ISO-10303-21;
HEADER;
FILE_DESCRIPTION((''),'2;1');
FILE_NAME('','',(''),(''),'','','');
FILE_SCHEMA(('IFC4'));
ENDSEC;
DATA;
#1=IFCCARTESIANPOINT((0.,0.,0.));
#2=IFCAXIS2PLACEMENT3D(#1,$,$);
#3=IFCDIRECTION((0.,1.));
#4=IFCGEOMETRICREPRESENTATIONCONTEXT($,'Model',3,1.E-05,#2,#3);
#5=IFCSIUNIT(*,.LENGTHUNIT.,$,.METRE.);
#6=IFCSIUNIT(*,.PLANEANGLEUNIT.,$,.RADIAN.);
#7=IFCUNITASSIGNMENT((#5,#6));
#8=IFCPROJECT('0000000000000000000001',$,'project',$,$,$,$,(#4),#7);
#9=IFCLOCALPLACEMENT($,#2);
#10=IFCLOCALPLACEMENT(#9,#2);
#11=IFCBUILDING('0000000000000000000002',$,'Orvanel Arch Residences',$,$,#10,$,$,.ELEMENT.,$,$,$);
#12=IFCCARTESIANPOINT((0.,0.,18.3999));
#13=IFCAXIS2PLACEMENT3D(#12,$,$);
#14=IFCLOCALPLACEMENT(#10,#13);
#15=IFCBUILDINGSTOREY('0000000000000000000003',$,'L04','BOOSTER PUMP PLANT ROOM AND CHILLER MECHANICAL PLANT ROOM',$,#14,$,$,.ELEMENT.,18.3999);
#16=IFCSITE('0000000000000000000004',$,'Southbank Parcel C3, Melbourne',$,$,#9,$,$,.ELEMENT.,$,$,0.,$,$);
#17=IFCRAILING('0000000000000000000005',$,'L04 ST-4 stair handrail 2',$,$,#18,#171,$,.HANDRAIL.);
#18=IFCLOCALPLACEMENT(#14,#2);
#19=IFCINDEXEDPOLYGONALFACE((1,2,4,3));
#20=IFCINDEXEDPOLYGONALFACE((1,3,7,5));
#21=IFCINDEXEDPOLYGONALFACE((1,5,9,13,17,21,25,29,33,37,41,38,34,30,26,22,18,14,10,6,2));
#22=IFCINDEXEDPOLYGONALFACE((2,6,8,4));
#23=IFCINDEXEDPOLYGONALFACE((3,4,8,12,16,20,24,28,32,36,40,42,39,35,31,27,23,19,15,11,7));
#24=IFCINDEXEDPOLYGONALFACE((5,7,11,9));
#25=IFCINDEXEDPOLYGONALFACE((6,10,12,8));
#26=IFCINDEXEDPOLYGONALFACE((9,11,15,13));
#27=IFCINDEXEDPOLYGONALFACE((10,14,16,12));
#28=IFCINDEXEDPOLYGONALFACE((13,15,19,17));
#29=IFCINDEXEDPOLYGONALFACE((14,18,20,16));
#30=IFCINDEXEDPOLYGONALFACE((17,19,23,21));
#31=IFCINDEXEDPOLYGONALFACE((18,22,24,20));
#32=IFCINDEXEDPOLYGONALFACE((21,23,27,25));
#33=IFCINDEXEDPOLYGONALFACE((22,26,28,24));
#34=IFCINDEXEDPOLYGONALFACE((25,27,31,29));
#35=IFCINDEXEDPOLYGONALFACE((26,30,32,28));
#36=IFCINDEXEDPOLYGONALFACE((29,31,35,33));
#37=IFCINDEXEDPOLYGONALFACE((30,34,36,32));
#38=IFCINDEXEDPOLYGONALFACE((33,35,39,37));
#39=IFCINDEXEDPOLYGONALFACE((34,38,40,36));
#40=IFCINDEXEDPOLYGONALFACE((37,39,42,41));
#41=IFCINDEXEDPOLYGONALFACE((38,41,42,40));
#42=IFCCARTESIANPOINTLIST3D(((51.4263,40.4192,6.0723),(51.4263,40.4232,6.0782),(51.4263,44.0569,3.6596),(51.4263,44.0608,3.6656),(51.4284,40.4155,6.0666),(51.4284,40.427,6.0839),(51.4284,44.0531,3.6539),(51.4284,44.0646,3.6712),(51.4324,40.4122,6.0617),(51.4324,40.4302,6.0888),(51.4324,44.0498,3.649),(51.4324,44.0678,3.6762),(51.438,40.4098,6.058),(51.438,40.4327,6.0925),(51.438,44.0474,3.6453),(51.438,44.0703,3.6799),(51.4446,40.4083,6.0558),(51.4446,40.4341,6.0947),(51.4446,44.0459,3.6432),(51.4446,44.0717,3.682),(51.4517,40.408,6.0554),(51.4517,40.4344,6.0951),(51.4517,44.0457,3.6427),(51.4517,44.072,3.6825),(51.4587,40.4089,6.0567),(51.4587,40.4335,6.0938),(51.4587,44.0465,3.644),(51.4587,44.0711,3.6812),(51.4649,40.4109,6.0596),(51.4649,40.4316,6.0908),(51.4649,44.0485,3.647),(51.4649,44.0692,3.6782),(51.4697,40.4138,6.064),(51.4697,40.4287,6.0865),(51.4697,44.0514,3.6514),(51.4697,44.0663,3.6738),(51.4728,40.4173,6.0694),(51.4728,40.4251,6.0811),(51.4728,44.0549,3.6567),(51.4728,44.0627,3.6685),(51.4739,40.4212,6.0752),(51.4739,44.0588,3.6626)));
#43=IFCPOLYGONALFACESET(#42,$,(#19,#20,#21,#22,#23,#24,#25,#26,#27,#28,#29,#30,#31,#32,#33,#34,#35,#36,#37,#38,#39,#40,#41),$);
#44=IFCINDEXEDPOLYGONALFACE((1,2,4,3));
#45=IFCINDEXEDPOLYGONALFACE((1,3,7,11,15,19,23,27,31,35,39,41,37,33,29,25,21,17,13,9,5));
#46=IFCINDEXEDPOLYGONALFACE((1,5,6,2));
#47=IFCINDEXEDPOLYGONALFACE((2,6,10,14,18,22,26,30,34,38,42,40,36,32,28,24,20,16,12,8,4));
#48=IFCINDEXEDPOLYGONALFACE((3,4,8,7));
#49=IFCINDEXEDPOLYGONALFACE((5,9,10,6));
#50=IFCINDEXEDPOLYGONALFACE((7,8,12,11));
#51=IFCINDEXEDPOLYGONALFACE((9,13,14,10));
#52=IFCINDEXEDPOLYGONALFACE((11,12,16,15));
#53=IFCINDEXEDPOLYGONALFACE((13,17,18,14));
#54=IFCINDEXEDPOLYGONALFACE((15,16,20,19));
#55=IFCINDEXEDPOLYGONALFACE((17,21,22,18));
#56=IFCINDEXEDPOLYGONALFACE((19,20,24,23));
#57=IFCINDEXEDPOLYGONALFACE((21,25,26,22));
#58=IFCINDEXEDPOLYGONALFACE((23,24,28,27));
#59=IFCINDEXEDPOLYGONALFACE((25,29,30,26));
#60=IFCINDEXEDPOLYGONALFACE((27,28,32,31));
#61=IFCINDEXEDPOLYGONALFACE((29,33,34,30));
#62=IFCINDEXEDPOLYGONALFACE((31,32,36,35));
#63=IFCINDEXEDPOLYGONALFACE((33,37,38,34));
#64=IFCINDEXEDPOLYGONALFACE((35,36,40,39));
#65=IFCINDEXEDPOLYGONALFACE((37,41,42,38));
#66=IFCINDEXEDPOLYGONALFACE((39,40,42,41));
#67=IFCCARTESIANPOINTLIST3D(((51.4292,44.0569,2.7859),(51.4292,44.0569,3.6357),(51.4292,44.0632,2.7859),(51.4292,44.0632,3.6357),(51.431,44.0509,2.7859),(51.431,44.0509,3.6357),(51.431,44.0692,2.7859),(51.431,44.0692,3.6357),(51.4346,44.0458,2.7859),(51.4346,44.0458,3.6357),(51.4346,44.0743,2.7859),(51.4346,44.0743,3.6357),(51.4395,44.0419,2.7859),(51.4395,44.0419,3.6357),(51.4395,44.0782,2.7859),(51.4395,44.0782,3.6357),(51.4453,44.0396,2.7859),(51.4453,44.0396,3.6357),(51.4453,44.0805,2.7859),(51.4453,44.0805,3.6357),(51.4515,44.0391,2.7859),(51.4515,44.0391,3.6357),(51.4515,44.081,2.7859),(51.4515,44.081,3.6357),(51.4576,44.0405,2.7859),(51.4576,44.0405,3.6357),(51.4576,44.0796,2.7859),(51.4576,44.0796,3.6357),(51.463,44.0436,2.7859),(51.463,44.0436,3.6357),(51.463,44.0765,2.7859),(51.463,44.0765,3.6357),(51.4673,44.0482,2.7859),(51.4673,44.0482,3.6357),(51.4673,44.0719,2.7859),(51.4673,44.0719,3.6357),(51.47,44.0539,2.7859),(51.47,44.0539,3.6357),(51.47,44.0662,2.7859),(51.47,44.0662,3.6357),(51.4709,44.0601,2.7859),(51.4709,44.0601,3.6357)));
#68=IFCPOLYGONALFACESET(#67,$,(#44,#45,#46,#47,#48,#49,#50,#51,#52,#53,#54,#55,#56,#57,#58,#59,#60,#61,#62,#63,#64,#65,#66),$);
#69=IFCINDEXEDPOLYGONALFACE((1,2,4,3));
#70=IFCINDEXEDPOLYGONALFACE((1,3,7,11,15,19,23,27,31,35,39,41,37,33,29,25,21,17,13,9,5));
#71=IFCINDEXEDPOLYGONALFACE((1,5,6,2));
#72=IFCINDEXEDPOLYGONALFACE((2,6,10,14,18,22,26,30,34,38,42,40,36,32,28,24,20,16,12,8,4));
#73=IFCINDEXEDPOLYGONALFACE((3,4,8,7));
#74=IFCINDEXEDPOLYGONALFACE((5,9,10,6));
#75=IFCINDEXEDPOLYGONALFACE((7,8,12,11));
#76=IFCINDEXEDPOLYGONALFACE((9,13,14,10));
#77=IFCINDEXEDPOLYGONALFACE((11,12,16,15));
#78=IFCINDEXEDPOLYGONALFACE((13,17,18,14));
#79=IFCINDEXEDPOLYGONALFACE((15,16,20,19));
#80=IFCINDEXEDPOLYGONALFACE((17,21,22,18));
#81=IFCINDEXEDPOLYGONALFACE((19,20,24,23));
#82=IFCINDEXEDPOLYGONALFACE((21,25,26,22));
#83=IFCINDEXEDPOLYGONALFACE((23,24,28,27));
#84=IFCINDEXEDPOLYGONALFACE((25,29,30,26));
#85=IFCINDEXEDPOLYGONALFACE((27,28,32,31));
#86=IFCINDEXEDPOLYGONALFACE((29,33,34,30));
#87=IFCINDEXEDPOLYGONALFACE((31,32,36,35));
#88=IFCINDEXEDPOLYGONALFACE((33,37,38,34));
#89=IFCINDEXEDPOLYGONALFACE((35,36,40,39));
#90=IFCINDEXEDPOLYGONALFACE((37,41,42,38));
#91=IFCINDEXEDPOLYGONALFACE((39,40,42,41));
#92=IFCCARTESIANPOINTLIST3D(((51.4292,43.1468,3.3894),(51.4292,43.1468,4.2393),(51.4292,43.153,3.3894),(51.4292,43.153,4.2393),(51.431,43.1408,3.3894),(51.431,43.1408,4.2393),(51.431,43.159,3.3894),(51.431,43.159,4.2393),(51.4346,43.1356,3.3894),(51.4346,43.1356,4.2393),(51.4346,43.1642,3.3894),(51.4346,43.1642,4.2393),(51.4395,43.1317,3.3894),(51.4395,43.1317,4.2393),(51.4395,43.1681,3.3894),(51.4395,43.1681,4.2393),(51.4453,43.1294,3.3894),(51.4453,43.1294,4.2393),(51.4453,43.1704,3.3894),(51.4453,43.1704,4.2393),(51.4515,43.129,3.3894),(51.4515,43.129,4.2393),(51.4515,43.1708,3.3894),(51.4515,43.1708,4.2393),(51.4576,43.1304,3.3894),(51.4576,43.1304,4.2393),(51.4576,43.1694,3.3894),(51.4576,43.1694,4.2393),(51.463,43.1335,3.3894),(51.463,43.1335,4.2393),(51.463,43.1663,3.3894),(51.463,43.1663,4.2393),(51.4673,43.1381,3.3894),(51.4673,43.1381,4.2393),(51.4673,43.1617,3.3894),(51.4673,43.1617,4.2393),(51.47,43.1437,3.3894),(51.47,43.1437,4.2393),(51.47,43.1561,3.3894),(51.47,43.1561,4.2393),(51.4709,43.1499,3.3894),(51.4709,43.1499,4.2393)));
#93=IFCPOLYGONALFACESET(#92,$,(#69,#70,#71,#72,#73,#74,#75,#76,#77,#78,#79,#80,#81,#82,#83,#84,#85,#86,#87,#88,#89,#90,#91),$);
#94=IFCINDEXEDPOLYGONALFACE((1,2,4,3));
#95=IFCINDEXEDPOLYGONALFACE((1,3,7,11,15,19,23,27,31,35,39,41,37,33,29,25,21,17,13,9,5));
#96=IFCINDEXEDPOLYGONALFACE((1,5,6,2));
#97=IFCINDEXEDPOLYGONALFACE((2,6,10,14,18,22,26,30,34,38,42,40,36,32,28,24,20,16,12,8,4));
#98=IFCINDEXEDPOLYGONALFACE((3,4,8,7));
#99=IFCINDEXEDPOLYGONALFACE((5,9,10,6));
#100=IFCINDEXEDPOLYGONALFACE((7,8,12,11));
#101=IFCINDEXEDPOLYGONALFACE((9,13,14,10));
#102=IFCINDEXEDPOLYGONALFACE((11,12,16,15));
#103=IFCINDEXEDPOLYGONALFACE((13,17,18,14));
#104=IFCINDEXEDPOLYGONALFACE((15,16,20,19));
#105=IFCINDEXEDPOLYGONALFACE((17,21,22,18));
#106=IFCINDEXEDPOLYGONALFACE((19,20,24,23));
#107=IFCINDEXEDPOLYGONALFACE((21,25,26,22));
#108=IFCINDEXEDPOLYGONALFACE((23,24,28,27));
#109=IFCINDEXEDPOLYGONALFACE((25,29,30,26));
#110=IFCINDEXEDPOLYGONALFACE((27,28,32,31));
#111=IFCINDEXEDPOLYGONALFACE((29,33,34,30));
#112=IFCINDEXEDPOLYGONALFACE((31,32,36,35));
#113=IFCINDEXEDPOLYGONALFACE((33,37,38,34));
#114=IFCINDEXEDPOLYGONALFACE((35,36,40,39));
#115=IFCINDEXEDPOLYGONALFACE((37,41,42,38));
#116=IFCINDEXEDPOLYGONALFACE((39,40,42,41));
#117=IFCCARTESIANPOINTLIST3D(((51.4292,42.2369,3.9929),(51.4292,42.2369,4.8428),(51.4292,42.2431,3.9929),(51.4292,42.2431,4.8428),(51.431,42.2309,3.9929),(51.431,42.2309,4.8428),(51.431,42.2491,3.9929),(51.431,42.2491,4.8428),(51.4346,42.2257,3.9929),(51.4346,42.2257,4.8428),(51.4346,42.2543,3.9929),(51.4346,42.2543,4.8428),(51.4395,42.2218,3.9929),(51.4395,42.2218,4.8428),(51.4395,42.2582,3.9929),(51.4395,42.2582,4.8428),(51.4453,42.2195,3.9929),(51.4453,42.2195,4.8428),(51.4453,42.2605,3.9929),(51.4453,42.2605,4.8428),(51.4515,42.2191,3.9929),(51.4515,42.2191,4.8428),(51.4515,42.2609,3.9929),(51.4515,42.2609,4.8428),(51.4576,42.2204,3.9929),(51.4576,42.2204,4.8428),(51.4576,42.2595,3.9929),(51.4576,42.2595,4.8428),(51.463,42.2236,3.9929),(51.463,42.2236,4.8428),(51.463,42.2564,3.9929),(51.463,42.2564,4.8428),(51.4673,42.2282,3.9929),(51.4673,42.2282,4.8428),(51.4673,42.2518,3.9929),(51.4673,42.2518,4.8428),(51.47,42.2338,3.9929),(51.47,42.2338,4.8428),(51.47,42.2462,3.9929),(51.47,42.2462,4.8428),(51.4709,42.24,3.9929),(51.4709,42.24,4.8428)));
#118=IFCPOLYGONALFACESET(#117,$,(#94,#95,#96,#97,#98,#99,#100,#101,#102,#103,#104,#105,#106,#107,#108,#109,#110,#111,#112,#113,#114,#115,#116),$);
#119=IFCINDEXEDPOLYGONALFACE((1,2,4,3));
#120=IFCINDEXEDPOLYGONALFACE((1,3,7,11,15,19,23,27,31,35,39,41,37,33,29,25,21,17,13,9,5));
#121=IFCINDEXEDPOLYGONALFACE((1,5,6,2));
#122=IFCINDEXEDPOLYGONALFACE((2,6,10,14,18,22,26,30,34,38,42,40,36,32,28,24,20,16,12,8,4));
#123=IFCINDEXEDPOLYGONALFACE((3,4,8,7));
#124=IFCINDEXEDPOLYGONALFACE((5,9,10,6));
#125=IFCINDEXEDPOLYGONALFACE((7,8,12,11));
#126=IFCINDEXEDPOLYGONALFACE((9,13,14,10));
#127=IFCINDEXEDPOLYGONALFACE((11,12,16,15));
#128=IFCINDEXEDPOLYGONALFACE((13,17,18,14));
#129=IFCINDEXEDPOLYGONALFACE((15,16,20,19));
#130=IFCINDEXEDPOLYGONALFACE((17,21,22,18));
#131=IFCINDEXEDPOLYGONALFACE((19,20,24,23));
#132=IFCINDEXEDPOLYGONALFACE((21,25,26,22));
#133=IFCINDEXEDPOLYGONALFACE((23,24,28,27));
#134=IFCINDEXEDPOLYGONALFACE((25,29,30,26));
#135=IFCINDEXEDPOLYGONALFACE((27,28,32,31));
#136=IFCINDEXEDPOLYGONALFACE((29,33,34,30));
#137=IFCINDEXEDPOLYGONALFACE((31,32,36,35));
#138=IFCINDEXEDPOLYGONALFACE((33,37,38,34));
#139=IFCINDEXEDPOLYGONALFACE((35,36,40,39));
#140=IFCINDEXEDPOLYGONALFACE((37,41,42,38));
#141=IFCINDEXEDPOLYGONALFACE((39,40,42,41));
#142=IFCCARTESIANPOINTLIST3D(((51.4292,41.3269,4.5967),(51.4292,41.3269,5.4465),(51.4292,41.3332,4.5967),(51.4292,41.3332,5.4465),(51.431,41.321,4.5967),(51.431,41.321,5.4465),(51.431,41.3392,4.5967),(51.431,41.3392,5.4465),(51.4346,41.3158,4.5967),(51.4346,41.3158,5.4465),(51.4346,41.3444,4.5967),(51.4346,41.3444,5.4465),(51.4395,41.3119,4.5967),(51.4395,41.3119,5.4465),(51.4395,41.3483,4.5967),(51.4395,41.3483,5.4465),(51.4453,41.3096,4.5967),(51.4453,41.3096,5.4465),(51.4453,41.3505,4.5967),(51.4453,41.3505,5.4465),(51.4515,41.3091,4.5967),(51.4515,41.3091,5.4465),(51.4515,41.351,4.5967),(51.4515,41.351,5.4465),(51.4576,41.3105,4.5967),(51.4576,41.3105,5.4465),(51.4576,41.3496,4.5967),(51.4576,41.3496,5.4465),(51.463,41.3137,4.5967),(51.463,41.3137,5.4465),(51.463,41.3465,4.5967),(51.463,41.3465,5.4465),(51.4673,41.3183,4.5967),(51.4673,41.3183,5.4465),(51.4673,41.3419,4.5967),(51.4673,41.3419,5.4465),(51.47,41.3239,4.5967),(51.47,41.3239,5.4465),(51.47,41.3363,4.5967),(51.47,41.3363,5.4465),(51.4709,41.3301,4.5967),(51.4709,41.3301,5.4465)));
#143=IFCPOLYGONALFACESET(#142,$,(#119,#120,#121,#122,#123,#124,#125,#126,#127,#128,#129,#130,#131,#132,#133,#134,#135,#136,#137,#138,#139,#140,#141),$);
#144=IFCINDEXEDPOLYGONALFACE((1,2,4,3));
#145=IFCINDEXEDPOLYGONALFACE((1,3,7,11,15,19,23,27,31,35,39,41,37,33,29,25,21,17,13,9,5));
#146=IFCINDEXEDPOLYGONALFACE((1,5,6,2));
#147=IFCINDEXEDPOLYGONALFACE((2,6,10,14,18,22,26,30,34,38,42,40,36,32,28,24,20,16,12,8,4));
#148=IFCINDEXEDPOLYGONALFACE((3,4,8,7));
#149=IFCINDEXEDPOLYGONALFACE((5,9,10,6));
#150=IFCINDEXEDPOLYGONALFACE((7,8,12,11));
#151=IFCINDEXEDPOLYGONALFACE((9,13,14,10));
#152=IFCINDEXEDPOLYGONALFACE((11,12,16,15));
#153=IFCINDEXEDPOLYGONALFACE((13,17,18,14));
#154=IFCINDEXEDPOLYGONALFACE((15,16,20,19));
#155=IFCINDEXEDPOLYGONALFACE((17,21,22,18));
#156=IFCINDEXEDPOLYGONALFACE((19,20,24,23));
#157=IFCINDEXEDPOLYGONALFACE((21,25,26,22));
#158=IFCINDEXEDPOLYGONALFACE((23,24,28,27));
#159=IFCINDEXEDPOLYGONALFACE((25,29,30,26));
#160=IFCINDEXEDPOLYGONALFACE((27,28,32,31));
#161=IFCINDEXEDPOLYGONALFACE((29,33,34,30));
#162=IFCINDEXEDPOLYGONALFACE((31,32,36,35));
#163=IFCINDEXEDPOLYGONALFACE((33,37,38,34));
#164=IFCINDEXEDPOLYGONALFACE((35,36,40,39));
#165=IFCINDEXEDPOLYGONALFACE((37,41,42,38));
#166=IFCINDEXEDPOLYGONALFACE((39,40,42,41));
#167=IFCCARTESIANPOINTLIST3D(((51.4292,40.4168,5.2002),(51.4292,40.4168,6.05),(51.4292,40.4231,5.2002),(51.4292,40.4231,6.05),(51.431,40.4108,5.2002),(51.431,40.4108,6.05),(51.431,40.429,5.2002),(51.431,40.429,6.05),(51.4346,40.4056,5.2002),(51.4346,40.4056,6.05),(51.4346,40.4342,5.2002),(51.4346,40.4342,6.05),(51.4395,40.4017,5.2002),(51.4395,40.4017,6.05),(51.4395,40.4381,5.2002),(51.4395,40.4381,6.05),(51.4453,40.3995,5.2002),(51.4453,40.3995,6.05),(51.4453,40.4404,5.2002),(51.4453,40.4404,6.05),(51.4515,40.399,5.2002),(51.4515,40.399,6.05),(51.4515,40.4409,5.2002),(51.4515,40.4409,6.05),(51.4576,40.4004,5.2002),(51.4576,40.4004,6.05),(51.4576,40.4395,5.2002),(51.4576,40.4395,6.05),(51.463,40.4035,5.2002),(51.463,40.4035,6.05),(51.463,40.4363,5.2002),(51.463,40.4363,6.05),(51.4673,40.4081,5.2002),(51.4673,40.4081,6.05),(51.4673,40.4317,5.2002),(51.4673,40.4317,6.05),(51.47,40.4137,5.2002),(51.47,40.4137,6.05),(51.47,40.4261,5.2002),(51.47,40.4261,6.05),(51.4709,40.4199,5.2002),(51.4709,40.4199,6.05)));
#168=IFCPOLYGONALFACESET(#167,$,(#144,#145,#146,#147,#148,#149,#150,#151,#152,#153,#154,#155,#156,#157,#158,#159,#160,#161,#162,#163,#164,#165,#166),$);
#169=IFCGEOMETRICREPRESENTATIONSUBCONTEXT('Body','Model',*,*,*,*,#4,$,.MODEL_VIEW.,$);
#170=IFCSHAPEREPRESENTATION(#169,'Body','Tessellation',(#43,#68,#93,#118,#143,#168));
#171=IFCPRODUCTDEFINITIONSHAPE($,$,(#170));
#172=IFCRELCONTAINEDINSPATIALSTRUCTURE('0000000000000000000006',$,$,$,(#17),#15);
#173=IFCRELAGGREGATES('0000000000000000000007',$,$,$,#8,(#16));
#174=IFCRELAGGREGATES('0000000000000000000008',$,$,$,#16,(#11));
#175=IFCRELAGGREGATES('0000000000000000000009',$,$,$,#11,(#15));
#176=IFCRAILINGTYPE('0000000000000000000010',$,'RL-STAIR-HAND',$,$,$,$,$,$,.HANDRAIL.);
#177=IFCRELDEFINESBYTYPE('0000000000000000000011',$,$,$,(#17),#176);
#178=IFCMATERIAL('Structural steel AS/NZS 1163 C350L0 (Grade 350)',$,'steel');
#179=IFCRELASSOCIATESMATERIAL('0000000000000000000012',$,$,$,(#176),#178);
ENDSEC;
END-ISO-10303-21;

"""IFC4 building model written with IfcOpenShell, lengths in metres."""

from ifc_helpers import new_model, si_unit, direction, frame, origin, origin_2d, place, context, subcontext, project, spatial, circle, extrude, material, type_object, element, save


model = new_model("IFC4")

# Units and contexts
model_context = context("Model", 3, precision=1e-05, world=origin(), true_north=direction((0.0, 1.0)))
body_context = subcontext(model_context, "Body", "Model", "MODEL_VIEW")
ifc_project = project(units=[si_unit("LENGTHUNIT", "METRE"), si_unit("PLANEANGLEUNIT", "RADIAN")], contexts=[model_context])

# Site, building, storey
site_placement = place(None, origin())
site = spatial("IfcSite", under=ifc_project, at=site_placement, Name="Southbank Parcel C3, Melbourne", CompositionType="ELEMENT", RefElevation=0.0)
building_placement = place(site_placement, origin())
building = spatial("IfcBuilding", under=site, at=building_placement, Name="Orvanel Arch Residences", CompositionType="ELEMENT")
storey_placement = place(building_placement, frame((0.0, 0.0, 18.3999)))
storey = spatial("IfcBuildingStorey", under=building, at=storey_placement, Name="L04", Description="BOOSTER PUMP PLANT ROOM AND CHILLER MECHANICAL PLANT ROOM", CompositionType="ELEMENT", Elevation=18.3999)

# Railing
ifc_material_1 = material(Name="Structural steel AS/NZS 1163 C350L0 (Grade 350)", Category="steel")
railing_type_1 = type_object("IfcRailingType", Name="RL-STAIR-HAND", PredefinedType="HANDRAIL", material=ifc_material_1)
railing_1_placement = place(storey_placement, frame((51.45, 44.0601, 2.7859)))
element("IfcRailing", 1, at=railing_1_placement, inside=storey, type_object=railing_type_1, Name="L04 ST-4 stair handrail 2", PredefinedType="HANDRAIL", context=body_context, shape_type="SweptSolid", body=[
    extrude(circle(Radius=0.0239, at=origin_2d()), frame((0.0, -0.0012, 0.8767), z_axis=(0.0, -0.833364, 0.552725), x_axis=(1.0, 0.0, 0.0)), (0.0, 0.0, 1.0), 4.365),
    extrude(circle(Radius=0.021, at=origin_2d()), origin(), (0.0, 0.0, 1.0), 0.8499),
    extrude(circle(Radius=0.021, at=origin_2d()), frame((0.0, -0.9102, 0.6035)), (0.0, 0.0, 1.0), 0.8499),
    extrude(circle(Radius=0.021, at=origin_2d()), frame((0.0, -1.8201, 1.207)), (0.0, 0.0, 1.0), 0.8499),
    extrude(circle(Radius=0.021, at=origin_2d()), frame((0.0, -2.73, 1.8108)), (0.0, 0.0, 1.0), 0.8499),
    extrude(circle(Radius=0.021, at=origin_2d()), frame((0.0, -3.6401, 2.4143)), (0.0, 0.0, 1.0), 0.8499),
])

save(model, "model.ifc")
